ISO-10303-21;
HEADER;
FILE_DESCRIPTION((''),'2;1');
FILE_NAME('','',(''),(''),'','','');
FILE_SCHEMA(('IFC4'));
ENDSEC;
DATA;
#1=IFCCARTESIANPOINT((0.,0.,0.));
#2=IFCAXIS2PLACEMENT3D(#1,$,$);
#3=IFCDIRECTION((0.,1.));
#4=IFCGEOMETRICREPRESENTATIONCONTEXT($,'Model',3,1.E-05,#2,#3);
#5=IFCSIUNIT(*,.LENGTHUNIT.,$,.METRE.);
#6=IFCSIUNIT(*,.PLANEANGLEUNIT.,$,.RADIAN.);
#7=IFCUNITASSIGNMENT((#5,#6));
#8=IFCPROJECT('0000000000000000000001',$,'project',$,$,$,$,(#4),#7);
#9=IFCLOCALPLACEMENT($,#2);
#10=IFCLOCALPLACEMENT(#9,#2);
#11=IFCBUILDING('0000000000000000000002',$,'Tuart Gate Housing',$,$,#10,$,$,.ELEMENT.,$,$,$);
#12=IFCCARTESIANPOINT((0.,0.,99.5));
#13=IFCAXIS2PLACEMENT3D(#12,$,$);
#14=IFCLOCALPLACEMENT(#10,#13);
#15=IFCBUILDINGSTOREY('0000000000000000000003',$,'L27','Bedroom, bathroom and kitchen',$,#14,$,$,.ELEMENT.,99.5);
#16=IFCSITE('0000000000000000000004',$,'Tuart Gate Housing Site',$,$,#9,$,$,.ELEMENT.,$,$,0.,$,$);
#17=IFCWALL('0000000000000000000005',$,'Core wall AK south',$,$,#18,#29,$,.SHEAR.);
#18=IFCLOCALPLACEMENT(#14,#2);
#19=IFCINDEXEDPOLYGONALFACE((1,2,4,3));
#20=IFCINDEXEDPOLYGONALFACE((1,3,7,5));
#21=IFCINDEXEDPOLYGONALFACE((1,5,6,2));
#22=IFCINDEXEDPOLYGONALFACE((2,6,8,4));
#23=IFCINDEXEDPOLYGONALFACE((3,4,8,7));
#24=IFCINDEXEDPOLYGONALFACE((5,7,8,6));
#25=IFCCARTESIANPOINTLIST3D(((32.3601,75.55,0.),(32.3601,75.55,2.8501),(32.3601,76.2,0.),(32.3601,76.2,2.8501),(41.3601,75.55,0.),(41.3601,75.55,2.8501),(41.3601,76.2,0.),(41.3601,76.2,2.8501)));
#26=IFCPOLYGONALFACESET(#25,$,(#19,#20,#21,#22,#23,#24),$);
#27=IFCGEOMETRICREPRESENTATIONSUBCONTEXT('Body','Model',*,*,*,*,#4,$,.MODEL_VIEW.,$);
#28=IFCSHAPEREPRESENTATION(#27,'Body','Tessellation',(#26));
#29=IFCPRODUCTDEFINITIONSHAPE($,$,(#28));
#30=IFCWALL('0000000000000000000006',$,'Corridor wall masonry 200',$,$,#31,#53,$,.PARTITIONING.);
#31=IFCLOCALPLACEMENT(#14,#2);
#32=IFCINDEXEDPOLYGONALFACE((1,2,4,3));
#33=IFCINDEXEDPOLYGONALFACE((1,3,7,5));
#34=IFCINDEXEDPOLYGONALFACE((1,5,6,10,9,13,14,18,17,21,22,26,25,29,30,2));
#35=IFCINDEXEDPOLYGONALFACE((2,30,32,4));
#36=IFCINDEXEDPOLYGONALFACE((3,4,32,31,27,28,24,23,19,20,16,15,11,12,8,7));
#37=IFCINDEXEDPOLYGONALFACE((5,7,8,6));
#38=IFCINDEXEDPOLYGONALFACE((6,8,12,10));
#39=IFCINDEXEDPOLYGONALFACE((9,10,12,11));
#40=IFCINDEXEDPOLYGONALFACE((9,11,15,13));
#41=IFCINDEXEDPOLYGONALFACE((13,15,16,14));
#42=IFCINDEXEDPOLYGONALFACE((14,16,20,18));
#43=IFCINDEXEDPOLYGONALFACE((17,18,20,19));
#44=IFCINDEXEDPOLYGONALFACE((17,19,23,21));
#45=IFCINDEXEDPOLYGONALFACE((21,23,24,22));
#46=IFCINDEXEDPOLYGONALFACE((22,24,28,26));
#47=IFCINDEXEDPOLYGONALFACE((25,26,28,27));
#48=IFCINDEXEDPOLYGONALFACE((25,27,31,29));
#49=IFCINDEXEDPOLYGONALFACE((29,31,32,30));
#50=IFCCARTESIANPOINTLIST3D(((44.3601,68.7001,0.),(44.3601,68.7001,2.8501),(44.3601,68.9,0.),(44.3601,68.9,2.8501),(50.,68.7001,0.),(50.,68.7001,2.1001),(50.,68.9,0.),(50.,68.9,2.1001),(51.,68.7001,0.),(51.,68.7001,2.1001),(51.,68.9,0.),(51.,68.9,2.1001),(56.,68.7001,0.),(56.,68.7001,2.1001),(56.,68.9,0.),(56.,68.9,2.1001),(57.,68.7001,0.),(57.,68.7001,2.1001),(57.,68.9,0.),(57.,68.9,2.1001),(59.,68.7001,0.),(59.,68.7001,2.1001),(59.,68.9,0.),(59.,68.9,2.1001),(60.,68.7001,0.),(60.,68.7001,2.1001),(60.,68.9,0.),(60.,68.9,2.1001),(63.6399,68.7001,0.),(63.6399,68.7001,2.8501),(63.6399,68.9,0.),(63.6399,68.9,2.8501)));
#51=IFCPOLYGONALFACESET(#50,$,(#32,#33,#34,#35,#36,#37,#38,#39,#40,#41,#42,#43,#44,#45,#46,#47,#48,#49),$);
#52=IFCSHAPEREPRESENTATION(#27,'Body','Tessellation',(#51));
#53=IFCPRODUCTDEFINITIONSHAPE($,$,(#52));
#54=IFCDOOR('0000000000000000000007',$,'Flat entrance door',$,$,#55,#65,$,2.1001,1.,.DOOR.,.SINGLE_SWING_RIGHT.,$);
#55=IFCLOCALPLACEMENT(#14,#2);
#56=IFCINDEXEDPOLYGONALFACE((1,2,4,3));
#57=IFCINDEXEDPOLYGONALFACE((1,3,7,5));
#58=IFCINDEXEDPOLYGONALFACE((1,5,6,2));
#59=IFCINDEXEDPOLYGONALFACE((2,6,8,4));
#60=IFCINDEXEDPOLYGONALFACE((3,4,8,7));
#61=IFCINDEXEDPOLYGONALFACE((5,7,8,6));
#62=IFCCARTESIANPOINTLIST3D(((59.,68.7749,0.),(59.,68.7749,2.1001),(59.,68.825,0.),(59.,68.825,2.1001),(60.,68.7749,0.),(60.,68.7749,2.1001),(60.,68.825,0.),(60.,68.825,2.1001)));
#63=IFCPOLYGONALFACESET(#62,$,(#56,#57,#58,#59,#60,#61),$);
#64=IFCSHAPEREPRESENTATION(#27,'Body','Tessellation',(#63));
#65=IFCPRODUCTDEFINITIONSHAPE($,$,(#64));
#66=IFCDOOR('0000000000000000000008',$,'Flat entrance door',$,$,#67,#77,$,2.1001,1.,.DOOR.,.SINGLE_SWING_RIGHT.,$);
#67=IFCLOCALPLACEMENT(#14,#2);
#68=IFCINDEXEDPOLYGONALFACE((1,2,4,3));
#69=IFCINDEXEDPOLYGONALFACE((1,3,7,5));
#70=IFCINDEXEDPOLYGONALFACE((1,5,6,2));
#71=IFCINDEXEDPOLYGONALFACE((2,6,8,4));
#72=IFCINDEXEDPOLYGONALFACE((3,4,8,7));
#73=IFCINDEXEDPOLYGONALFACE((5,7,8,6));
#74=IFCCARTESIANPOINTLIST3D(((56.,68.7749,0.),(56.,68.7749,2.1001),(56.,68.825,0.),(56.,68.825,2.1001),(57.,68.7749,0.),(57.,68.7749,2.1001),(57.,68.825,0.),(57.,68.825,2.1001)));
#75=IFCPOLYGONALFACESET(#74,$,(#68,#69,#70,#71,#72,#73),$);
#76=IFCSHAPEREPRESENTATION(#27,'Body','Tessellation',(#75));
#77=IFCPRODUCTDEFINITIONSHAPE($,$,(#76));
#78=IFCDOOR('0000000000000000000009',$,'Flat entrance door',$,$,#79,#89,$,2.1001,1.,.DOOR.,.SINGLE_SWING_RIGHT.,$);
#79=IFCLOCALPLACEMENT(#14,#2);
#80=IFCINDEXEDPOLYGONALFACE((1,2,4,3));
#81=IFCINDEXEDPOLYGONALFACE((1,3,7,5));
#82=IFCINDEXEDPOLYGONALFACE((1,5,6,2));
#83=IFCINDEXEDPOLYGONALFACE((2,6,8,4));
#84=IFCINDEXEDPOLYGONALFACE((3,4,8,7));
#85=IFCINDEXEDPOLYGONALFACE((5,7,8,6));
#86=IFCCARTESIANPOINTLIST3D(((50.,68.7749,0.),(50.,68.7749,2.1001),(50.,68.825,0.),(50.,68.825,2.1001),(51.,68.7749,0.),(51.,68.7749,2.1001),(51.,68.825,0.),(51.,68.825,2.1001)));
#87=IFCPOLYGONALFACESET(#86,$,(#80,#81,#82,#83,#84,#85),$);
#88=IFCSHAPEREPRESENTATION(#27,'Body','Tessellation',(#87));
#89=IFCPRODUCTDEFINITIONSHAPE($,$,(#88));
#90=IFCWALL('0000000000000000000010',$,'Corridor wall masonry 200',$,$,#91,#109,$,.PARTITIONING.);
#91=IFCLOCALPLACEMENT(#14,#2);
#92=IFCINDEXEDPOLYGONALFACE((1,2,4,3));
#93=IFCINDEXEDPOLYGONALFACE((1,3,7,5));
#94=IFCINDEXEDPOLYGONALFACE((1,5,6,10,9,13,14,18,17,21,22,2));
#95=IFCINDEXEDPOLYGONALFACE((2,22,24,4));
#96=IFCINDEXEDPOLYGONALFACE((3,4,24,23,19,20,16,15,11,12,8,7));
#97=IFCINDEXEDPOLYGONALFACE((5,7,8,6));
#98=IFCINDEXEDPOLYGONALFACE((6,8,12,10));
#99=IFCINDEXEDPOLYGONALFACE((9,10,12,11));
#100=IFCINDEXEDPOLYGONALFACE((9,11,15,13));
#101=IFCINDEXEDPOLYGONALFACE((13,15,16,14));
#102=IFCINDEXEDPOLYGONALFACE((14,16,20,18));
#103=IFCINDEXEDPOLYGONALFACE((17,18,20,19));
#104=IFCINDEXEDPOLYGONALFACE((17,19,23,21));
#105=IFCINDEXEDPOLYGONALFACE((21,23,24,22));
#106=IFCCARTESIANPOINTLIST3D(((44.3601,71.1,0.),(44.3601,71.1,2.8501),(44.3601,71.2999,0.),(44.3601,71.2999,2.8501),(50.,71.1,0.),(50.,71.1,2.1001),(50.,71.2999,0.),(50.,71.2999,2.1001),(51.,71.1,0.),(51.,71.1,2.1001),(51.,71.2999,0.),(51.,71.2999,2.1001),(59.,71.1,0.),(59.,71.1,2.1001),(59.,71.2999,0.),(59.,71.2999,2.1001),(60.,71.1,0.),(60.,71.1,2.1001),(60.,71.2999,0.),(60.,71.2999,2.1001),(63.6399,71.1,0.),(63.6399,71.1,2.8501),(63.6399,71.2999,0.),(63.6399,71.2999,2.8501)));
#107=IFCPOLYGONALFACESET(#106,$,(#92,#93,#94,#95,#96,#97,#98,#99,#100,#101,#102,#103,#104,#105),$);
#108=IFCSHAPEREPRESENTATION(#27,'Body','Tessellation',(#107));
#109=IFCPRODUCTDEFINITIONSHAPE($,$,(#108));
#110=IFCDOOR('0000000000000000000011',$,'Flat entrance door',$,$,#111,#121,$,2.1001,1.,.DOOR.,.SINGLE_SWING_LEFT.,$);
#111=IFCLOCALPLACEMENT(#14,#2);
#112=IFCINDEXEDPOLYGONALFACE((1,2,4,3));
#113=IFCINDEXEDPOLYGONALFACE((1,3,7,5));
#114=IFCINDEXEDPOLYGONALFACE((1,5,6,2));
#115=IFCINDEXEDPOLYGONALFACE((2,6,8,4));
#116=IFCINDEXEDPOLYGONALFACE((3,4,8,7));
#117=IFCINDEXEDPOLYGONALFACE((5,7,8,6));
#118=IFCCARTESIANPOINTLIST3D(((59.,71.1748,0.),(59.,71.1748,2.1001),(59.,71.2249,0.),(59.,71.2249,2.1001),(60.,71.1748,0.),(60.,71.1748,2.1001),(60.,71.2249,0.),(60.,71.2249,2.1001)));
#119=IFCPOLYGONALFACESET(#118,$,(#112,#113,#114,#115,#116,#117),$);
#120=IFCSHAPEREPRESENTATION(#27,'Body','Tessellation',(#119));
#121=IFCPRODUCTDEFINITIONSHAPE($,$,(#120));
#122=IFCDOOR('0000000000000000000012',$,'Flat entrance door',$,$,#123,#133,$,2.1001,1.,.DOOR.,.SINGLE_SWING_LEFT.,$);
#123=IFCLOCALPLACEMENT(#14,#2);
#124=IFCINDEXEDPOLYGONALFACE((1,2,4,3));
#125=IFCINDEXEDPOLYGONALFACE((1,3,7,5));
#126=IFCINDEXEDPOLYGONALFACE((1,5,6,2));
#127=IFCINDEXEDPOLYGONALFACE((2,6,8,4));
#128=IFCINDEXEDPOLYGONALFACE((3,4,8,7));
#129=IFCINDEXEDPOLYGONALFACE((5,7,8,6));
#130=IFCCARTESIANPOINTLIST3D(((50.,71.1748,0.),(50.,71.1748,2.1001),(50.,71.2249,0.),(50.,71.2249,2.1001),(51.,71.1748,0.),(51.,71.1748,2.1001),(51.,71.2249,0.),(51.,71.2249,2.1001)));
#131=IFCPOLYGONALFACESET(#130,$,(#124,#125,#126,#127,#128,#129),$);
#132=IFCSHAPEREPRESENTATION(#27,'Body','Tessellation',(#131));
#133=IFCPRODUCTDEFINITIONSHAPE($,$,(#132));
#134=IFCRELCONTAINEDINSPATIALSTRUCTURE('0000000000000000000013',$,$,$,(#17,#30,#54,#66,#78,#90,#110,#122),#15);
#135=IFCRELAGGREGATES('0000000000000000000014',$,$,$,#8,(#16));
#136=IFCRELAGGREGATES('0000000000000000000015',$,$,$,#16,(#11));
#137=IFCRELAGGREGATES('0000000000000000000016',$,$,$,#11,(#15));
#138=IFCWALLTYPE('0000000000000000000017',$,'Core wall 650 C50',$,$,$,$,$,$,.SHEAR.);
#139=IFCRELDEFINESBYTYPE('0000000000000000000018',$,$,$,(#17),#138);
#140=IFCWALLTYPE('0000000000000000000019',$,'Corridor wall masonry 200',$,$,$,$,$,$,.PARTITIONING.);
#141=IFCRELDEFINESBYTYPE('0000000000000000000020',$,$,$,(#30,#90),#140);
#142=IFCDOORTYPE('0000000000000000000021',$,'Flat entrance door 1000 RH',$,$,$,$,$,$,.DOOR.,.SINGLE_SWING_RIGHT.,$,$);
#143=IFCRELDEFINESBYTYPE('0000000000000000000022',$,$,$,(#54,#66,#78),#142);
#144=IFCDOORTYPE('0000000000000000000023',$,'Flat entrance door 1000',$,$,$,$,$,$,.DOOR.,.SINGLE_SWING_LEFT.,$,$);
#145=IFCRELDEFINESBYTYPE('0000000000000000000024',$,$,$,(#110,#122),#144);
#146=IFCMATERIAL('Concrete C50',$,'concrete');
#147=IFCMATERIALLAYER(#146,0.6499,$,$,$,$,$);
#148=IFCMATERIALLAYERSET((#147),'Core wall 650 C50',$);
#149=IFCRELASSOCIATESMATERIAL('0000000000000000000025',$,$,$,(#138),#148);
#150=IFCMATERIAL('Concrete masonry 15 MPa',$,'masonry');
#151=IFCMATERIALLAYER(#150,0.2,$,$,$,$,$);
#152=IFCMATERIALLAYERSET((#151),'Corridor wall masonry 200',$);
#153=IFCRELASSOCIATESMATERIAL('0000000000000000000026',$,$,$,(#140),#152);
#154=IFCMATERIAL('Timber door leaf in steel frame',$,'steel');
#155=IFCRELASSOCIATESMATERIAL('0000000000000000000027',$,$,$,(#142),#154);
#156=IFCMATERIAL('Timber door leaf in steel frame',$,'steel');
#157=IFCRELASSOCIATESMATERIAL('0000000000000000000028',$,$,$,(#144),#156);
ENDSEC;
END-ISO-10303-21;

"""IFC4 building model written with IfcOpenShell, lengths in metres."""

from ifc_helpers import new_model, si_unit, direction, frame, frame_2d, origin, place, context, subcontext, project, spatial, rectangle, extrude, material, layer, layer_set, type_object, element, fill, save


model = new_model("IFC4")

# Units and contexts
model_context = context("Model", 3, precision=1e-05, world=origin(), true_north=direction((0.0, 1.0)))
body_context = subcontext(model_context, "Body", "Model", "MODEL_VIEW")
ifc_project = project(units=[si_unit("LENGTHUNIT", "METRE"), si_unit("PLANEANGLEUNIT", "RADIAN")], contexts=[model_context])

# Site, building, storey
site_placement = place(None, origin())
site = spatial("IfcSite", under=ifc_project, at=site_placement, Name="Tuart Gate Housing Site", CompositionType="ELEMENT", RefElevation=0.0)
building_placement = place(site_placement, origin())
building = spatial("IfcBuilding", under=site, at=building_placement, Name="Tuart Gate Housing", CompositionType="ELEMENT")
storey_placement = place(building_placement, frame((0.0, 0.0, 99.5)))
storey = spatial("IfcBuildingStorey", under=building, at=storey_placement, Name="L27", Description="Bedroom, bathroom and kitchen", CompositionType="ELEMENT", Elevation=99.5)

# Shared definitions
ifc_material_1 = material(Name="Concrete C50", Category="concrete")
ifc_layer_1 = layer(ifc_material_1, 0.6499)
ifc_layer_set_1 = layer_set([ifc_layer_1], Name="Core wall 650 C50")
wall_type_1 = type_object("IfcWallType", Name="Core wall 650 C50", PredefinedType="SHEAR", material=ifc_layer_set_1)

# Wall
wall_1_placement = place(storey_placement, frame((41.3601, 75.875, 0.0), z_axis=(0.0, 0.0, 1.0), x_axis=(-1.0, 0.0, 0.0)))
element("IfcWall", 1, at=wall_1_placement, inside=storey, type_object=wall_type_1, Name="Core wall AK south", PredefinedType="SHEAR", context=body_context, shape_type="SweptSolid", body=[
    extrude(rectangle(XDim=9.0, YDim=0.6499, at=frame_2d((4.5, 0.0))), origin(), (0.0, 0.0, 1.0), 2.8501),
])

# Walls, openings, doors
ifc_material_2 = material(Name="Concrete masonry 15 MPa", Category="masonry")
ifc_layer_2 = layer(ifc_material_2, 0.2)
ifc_layer_set_2 = layer_set([ifc_layer_2], Name="Corridor wall masonry 200")
wall_type_2 = type_object("IfcWallType", Name="Corridor wall masonry 200", PredefinedType="PARTITIONING", material=ifc_layer_set_2)
wall_2_placement = place(storey_placement, frame((44.3601, 68.8, 0.0), z_axis=(0.0, 0.0, 1.0), x_axis=(1.0, 0.0, 0.0)))
wall_2 = element("IfcWall", 2, at=wall_2_placement, inside=storey, type_object=wall_type_2, Name="Corridor wall masonry 200", PredefinedType="PARTITIONING", context=body_context, shape_type="SweptSolid", body=[
    extrude(rectangle(XDim=19.2798, YDim=0.2, at=frame_2d((9.6399, 0.0))), origin(), (0.0, 0.0, 1.0), 2.8501),
])
opening_1_placement = place(wall_2_placement, frame((14.6399, 0.0, 0.0)))
opening_1 = element("IfcOpeningElement", 3, at=opening_1_placement, cuts=wall_2, PredefinedType="OPENING", context=body_context, shape_type="SweptSolid", body=[
    extrude(rectangle(XDim=1.0, YDim=2.1001, at=frame_2d((0.5, 1.05))), frame((0.0, 0.1099, 0.0), z_axis=(0.0, -1.0, 0.0), x_axis=(1.0, 0.0, 0.0)), (0.0, 0.0, 1.0), 0.22),
])
opening_2_placement = place(wall_2_placement, frame((11.6399, 0.0, 0.0)))
opening_2 = element("IfcOpeningElement", 4, at=opening_2_placement, cuts=wall_2, PredefinedType="OPENING", context=body_context, shape_type="SweptSolid", body=[
    extrude(rectangle(XDim=1.0, YDim=2.1001, at=frame_2d((0.5, 1.05))), frame((0.0, 0.1099, 0.0), z_axis=(0.0, -1.0, 0.0), x_axis=(1.0, 0.0, 0.0)), (0.0, 0.0, 1.0), 0.22),
])
opening_3_placement = place(wall_2_placement, frame((5.6399, 0.0, 0.0)))
opening_3 = element("IfcOpeningElement", 5, at=opening_3_placement, cuts=wall_2, PredefinedType="OPENING", context=body_context, shape_type="SweptSolid", body=[
    extrude(rectangle(XDim=1.0, YDim=2.1001, at=frame_2d((0.5, 1.05))), frame((0.0, 0.1099, 0.0), z_axis=(0.0, -1.0, 0.0), x_axis=(1.0, 0.0, 0.0)), (0.0, 0.0, 1.0), 0.22),
])
ifc_material_3 = material(Name="Timber door leaf in steel frame", Category="steel")
door_type_1 = type_object("IfcDoorType", Name="Flat entrance door 1000 RH", OperationType="SINGLE_SWING_RIGHT", PredefinedType="DOOR", material=ifc_material_3)
door_1_placement = place(opening_1_placement, frame((1.0, 0.0, 0.0), z_axis=(0.0, 0.0, 1.0), x_axis=(-1.0, 0.0, 0.0)))
door_1 = element("IfcDoor", 6, at=door_1_placement, inside=storey, type_object=door_type_1, Name="Flat entrance door", OperationType="SINGLE_SWING_RIGHT", OverallHeight=2.1001, OverallWidth=1.0, PredefinedType="DOOR", context=body_context, shape_type="SweptSolid", body=[
    extrude(rectangle(XDim=1.0, YDim=2.1001, at=frame_2d((0.5, 1.05))), frame((0.0, 0.0251, 0.0), z_axis=(0.0, -1.0, 0.0), x_axis=(1.0, 0.0, 0.0)), (0.0, 0.0, 1.0), 0.05),
])
fill(opening_1, door_1)
door_2_placement = place(opening_2_placement, frame((1.0, 0.0, 0.0), z_axis=(0.0, 0.0, 1.0), x_axis=(-1.0, 0.0, 0.0)))
door_2 = element("IfcDoor", 7, at=door_2_placement, inside=storey, type_object=door_type_1, Name="Flat entrance door", OperationType="SINGLE_SWING_RIGHT", OverallHeight=2.1001, OverallWidth=1.0, PredefinedType="DOOR", context=body_context, shape_type="SweptSolid", body=[
    extrude(rectangle(XDim=1.0, YDim=2.1001, at=frame_2d((0.5, 1.05))), frame((0.0, 0.0251, 0.0), z_axis=(0.0, -1.0, 0.0), x_axis=(1.0, 0.0, 0.0)), (0.0, 0.0, 1.0), 0.05),
])
fill(opening_2, door_2)
door_3_placement = place(opening_3_placement, frame((1.0, 0.0, 0.0), z_axis=(0.0, 0.0, 1.0), x_axis=(-1.0, 0.0, 0.0)))
door_3 = element("IfcDoor", 8, at=door_3_placement, inside=storey, type_object=door_type_1, Name="Flat entrance door", OperationType="SINGLE_SWING_RIGHT", OverallHeight=2.1001, OverallWidth=1.0, PredefinedType="DOOR", context=body_context, shape_type="SweptSolid", body=[
    extrude(rectangle(XDim=1.0, YDim=2.1001, at=frame_2d((0.5, 1.05))), frame((0.0, 0.0251, 0.0), z_axis=(0.0, -1.0, 0.0), x_axis=(1.0, 0.0, 0.0)), (0.0, 0.0, 1.0), 0.05),
])
fill(opening_3, door_3)
wall_3_placement = place(storey_placement, frame((44.3601, 71.2, 0.0), z_axis=(0.0, 0.0, 1.0), x_axis=(1.0, 0.0, 0.0)))
wall_3 = element("IfcWall", 9, at=wall_3_placement, inside=storey, type_object=wall_type_2, Name="Corridor wall masonry 200", PredefinedType="PARTITIONING", context=body_context, shape_type="SweptSolid", body=[
    extrude(rectangle(XDim=19.2798, YDim=0.2, at=frame_2d((9.6399, 0.0))), origin(), (0.0, 0.0, 1.0), 2.8501),
])
opening_4_placement = place(wall_3_placement, frame((14.6399, 0.0, 0.0)))
opening_4 = element("IfcOpeningElement", 10, at=opening_4_placement, cuts=wall_3, PredefinedType="OPENING", context=body_context, shape_type="SweptSolid", body=[
    extrude(rectangle(XDim=1.0, YDim=2.1001, at=frame_2d((0.5, 1.05))), frame((0.0, 0.1099, 0.0), z_axis=(0.0, -1.0, 0.0), x_axis=(1.0, 0.0, 0.0)), (0.0, 0.0, 1.0), 0.22),
])
opening_5_placement = place(wall_3_placement, frame((5.6399, 0.0, 0.0)))
opening_5 = element("IfcOpeningElement", 11, at=opening_5_placement, cuts=wall_3, PredefinedType="OPENING", context=body_context, shape_type="SweptSolid", body=[
    extrude(rectangle(XDim=1.0, YDim=2.1001, at=frame_2d((0.5, 1.05))), frame((0.0, 0.1099, 0.0), z_axis=(0.0, -1.0, 0.0), x_axis=(1.0, 0.0, 0.0)), (0.0, 0.0, 1.0), 0.22),
])
ifc_material_4 = material(Name="Timber door leaf in steel frame", Category="steel")
door_type_2 = type_object("IfcDoorType", Name="Flat entrance door 1000", OperationType="SINGLE_SWING_LEFT", PredefinedType="DOOR", material=ifc_material_4)
door_4_placement = place(opening_4_placement, origin())
door_4 = element("IfcDoor", 12, at=door_4_placement, inside=storey, type_object=door_type_2, Name="Flat entrance door", OperationType="SINGLE_SWING_LEFT", OverallHeight=2.1001, OverallWidth=1.0, PredefinedType="DOOR", context=body_context, shape_type="SweptSolid", body=[
    extrude(rectangle(XDim=1.0, YDim=2.1001, at=frame_2d((0.5, 1.05))), frame((0.0, 0.0249, 0.0), z_axis=(0.0, -1.0, 0.0), x_axis=(1.0, 0.0, 0.0)), (0.0, 0.0, 1.0), 0.05),
])
fill(opening_4, door_4)
door_5_placement = place(opening_5_placement, origin())
door_5 = element("IfcDoor", 13, at=door_5_placement, inside=storey, type_object=door_type_2, Name="Flat entrance door", OperationType="SINGLE_SWING_LEFT", OverallHeight=2.1001, OverallWidth=1.0, PredefinedType="DOOR", context=body_context, shape_type="SweptSolid", body=[
    extrude(rectangle(XDim=1.0, YDim=2.1001, at=frame_2d((0.5, 1.05))), frame((0.0, 0.0249, 0.0), z_axis=(0.0, -1.0, 0.0), x_axis=(1.0, 0.0, 0.0)), (0.0, 0.0, 1.0), 0.05),
])
fill(opening_5, door_5)

save(model, "model.ifc")
